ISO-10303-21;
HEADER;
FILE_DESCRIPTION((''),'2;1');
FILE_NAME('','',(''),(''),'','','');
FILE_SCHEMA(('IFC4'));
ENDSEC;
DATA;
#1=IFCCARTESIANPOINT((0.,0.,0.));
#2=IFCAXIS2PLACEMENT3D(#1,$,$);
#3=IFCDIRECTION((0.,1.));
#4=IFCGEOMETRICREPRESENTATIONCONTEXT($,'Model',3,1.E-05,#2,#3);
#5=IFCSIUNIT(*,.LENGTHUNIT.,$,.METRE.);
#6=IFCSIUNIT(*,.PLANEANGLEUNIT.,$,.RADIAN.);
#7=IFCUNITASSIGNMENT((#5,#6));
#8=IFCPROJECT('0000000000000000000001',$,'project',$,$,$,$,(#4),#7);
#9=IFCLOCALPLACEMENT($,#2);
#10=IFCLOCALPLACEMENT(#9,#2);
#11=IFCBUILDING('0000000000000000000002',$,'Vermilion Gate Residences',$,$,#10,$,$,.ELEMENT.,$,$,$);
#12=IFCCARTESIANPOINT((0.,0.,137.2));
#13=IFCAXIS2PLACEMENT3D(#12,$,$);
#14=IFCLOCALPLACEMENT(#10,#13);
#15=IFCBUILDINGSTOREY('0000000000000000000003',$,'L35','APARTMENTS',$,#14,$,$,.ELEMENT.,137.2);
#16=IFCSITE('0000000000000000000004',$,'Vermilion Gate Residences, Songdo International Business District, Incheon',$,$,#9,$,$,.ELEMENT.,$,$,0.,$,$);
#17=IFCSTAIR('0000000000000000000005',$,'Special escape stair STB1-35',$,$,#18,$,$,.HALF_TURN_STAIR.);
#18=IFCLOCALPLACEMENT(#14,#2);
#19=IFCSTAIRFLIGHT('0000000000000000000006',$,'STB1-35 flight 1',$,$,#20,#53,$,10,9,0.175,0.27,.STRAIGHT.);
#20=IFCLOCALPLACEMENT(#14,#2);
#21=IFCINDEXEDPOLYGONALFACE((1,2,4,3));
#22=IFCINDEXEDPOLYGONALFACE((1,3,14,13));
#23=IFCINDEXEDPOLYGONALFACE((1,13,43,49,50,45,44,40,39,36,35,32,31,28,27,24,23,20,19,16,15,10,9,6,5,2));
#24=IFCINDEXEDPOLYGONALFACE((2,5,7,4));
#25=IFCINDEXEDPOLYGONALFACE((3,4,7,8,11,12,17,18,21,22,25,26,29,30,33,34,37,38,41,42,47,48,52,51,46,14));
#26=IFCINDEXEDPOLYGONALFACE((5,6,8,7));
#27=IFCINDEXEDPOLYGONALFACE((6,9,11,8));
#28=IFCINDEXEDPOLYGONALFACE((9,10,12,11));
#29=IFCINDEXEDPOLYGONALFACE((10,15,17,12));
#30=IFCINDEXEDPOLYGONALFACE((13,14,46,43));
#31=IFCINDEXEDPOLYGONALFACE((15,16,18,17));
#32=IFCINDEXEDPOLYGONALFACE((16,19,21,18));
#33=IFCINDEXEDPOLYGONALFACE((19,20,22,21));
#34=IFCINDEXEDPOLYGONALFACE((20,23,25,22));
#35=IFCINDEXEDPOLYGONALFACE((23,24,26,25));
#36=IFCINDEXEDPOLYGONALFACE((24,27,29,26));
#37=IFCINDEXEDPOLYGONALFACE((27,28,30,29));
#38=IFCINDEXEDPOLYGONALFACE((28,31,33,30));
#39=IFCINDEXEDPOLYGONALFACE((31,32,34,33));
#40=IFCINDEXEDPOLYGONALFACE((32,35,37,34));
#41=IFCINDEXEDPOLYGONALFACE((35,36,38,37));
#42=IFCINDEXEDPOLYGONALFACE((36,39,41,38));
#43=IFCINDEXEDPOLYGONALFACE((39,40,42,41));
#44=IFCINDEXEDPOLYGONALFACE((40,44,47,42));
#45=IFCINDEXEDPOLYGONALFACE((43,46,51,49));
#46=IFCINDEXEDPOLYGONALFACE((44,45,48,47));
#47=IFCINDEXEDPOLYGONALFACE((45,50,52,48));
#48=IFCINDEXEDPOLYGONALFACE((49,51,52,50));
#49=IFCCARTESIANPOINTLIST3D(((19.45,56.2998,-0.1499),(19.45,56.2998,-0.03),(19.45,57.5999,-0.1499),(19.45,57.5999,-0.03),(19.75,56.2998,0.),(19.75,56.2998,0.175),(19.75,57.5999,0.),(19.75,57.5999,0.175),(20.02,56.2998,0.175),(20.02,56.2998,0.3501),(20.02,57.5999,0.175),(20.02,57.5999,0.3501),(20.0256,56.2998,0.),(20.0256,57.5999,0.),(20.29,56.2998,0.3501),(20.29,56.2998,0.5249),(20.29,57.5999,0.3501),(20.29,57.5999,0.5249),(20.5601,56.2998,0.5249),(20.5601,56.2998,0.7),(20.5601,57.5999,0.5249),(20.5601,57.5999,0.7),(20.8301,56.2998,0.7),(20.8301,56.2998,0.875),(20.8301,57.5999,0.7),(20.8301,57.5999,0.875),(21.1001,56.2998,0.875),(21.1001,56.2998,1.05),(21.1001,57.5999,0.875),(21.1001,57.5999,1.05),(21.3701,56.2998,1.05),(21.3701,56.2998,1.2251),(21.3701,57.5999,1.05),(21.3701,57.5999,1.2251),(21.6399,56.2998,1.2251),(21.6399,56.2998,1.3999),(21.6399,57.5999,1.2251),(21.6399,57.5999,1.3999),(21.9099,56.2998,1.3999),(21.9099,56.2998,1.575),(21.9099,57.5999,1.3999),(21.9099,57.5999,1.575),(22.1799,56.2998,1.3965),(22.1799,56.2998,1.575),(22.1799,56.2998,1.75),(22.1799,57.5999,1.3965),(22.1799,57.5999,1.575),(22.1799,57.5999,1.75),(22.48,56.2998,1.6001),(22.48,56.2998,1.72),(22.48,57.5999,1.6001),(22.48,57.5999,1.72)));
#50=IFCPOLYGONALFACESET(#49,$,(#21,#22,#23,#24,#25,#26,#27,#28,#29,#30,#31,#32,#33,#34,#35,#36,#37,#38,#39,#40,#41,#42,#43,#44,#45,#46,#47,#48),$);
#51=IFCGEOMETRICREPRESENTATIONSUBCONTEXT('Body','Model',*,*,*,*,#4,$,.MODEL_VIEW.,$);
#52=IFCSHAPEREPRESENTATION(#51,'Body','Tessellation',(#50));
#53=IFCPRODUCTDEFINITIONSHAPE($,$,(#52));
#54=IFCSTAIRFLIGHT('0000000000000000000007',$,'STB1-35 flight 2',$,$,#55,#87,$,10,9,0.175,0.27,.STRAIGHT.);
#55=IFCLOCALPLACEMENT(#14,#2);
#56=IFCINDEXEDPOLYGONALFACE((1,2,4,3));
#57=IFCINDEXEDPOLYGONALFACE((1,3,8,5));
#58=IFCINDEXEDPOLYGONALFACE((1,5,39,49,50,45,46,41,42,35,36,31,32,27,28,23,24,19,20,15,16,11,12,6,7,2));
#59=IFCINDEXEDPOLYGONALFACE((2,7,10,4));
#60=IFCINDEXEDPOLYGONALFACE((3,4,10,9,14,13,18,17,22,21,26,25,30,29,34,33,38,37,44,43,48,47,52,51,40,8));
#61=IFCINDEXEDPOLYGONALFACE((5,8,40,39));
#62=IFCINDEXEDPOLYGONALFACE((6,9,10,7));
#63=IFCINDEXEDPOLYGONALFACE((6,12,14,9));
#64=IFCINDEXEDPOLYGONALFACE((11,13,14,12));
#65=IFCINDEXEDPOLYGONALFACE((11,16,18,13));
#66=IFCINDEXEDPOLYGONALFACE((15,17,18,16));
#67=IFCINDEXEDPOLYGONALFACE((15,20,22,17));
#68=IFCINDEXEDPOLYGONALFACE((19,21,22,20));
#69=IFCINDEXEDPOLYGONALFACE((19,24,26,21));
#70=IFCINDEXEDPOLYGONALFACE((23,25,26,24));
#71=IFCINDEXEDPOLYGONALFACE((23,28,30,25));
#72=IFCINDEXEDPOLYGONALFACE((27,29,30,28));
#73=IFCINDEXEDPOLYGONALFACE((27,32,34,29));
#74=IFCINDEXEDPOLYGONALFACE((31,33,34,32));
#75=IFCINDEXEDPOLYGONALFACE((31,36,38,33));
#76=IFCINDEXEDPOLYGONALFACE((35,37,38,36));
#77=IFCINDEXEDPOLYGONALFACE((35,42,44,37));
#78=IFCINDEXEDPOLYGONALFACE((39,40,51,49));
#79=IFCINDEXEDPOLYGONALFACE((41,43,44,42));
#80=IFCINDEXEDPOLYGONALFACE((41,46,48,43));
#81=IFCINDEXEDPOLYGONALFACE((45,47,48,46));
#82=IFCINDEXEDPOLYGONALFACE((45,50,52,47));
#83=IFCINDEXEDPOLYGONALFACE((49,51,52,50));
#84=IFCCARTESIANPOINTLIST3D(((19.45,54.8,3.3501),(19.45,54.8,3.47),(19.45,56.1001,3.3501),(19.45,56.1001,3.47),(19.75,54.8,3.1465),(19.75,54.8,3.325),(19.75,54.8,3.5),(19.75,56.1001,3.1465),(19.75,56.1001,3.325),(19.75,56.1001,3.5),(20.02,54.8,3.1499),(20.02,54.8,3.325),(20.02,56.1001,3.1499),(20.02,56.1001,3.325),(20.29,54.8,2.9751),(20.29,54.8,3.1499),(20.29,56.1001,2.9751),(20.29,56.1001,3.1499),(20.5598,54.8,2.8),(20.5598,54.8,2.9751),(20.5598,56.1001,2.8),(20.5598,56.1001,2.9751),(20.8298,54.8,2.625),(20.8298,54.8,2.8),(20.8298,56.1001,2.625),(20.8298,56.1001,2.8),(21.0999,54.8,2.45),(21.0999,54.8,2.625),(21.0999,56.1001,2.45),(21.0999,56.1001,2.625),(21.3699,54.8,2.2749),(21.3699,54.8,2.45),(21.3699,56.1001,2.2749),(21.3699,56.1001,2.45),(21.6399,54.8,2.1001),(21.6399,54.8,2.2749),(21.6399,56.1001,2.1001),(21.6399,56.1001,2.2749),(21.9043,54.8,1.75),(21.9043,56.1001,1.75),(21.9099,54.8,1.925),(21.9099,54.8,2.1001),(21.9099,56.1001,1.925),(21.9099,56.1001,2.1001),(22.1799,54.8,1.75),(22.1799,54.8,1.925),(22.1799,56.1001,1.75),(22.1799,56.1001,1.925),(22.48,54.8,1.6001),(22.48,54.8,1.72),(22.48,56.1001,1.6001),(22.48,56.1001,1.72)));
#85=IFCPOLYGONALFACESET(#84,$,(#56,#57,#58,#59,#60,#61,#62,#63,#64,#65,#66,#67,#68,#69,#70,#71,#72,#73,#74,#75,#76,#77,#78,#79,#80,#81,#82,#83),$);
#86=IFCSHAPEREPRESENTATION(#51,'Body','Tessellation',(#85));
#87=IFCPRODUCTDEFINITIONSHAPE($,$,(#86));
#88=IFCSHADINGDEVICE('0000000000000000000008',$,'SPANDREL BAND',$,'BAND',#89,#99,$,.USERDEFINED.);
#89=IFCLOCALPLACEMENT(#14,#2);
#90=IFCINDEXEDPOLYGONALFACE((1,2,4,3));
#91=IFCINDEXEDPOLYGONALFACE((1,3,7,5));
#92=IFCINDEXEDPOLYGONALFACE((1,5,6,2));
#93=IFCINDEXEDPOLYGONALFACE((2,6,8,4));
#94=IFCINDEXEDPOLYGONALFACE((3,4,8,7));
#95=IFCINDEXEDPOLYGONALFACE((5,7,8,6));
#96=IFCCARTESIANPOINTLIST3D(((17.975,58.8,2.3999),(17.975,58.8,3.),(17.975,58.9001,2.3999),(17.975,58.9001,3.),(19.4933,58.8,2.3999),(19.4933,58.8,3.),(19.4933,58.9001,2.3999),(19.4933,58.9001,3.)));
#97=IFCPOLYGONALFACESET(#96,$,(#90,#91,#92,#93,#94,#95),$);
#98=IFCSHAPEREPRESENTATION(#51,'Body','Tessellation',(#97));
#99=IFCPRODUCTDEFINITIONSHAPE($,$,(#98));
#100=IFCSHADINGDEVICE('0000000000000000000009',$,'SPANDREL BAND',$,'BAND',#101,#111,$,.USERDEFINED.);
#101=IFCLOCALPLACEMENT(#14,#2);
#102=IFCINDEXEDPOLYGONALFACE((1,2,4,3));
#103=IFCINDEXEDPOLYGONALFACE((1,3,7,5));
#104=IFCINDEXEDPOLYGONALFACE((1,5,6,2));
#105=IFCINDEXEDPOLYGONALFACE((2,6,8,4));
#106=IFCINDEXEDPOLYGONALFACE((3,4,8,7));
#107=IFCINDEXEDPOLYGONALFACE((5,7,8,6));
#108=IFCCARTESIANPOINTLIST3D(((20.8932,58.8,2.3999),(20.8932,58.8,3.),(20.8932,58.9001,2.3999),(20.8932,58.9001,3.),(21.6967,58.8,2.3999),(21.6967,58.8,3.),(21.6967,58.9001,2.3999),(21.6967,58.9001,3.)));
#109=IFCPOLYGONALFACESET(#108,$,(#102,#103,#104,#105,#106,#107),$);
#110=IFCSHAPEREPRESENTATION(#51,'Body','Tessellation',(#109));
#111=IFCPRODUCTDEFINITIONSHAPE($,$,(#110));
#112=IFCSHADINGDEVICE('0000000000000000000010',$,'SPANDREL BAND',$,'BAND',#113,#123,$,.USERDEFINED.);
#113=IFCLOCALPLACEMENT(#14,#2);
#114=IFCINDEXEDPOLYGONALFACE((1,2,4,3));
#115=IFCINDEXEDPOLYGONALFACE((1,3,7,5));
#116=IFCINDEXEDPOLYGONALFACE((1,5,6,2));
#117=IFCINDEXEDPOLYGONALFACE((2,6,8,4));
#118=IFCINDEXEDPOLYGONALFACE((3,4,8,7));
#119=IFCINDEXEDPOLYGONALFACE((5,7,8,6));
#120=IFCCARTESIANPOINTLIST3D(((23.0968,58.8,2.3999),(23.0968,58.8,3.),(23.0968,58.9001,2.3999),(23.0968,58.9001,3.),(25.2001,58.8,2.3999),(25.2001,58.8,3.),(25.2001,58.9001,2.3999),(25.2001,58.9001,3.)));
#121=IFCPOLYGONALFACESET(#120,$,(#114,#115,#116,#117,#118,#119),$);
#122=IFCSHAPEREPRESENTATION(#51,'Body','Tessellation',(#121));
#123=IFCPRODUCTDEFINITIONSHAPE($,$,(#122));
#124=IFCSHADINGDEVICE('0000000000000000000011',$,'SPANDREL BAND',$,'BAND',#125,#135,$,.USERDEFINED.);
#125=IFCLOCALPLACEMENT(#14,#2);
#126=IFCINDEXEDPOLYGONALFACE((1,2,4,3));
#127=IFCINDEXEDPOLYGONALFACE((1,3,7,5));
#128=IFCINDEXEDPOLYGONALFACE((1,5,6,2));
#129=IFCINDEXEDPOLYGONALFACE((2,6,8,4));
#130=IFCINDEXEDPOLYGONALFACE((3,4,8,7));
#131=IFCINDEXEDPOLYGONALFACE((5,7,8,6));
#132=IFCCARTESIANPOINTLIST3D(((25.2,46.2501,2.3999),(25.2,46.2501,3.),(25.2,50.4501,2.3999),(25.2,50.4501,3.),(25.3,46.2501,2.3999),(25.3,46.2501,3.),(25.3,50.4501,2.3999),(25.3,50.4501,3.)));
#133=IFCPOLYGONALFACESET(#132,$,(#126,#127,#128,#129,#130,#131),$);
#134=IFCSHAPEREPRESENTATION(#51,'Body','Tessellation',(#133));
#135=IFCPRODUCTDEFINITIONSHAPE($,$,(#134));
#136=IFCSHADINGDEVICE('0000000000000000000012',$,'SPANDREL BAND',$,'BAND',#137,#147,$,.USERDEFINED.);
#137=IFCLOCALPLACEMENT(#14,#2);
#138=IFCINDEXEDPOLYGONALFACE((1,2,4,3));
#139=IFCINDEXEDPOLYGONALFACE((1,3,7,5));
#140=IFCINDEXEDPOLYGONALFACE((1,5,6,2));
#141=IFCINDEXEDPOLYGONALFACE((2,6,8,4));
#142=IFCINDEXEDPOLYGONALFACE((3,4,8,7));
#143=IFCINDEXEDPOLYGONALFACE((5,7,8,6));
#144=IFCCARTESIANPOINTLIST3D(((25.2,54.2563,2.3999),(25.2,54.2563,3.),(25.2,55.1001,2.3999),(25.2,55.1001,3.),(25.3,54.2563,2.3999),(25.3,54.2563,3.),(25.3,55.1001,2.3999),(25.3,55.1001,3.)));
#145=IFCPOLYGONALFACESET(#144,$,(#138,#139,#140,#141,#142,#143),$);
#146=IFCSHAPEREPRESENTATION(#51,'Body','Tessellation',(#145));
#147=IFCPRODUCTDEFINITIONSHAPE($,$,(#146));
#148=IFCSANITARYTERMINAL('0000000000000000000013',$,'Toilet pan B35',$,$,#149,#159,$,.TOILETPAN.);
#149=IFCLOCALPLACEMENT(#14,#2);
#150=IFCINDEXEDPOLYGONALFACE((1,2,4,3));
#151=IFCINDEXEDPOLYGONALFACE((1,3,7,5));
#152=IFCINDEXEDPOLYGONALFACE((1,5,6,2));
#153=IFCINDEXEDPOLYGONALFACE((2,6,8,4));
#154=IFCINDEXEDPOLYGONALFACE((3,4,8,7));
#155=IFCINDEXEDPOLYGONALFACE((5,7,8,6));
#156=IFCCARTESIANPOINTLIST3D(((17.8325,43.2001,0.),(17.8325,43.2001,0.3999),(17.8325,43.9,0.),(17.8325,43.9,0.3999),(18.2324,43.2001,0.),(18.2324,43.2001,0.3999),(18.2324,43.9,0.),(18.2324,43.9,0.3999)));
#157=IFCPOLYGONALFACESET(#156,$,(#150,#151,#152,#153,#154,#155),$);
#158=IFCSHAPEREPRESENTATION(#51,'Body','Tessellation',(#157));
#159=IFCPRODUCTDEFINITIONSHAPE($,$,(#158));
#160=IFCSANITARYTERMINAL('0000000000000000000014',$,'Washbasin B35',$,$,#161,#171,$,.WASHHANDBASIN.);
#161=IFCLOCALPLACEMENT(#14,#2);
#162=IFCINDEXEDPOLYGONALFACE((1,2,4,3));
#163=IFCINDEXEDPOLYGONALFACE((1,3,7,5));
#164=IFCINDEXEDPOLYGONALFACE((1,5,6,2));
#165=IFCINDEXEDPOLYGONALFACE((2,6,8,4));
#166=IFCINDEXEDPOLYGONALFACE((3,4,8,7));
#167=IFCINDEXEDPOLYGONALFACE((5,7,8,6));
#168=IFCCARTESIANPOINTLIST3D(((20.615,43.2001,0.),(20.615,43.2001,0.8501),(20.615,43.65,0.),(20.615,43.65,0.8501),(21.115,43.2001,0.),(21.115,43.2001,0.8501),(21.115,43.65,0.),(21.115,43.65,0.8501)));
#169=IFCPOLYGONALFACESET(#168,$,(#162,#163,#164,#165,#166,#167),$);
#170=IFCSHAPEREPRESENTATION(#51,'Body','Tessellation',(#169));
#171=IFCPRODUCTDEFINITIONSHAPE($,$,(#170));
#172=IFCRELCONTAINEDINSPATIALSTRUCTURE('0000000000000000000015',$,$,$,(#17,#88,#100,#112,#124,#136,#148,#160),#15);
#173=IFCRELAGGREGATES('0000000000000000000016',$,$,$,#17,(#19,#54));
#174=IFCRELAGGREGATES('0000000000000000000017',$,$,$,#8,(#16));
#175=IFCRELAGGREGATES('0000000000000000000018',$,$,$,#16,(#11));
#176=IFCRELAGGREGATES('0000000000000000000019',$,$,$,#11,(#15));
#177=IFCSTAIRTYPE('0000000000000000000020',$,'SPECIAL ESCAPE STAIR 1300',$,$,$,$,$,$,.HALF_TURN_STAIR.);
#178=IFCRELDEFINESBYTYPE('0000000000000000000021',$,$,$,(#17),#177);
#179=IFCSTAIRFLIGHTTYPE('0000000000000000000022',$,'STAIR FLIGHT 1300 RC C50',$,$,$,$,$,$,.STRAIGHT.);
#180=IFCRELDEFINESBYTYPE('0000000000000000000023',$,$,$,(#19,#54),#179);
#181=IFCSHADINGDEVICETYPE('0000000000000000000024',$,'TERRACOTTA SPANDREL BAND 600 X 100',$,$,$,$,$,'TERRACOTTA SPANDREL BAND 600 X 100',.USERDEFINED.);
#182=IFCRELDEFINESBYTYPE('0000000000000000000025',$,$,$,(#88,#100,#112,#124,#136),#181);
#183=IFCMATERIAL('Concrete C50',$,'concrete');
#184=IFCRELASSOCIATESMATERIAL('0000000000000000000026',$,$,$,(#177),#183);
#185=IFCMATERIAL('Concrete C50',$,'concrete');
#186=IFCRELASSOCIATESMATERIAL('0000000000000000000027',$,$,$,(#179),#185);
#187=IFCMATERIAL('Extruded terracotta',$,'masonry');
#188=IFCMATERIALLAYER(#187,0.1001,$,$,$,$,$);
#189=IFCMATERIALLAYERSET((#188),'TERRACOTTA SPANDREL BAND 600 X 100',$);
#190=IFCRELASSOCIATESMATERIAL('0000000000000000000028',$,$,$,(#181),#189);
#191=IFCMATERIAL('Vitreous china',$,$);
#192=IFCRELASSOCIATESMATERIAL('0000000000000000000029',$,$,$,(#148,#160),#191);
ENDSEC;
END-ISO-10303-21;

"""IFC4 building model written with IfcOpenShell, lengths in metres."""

from ifc_helpers import new_model, si_unit, direction, frame, origin, origin_2d, place, context, subcontext, project, spatial, polyline, rectangle, outline, extrude, material, layer, layer_set, type_object, element, aggregate, save


model = new_model("IFC4")

# Units and contexts
model_context = context("Model", 3, precision=1e-05, world=origin(), true_north=direction((0.0, 1.0)))
body_context = subcontext(model_context, "Body", "Model", "MODEL_VIEW")
ifc_project = project(units=[si_unit("LENGTHUNIT", "METRE"), si_unit("PLANEANGLEUNIT", "RADIAN")], contexts=[model_context])

# Site, building, storey
site_placement = place(None, origin())
site = spatial("IfcSite", under=ifc_project, at=site_placement, Name="Vermilion Gate Residences, Songdo International Business District, Incheon", CompositionType="ELEMENT", RefElevation=0.0)
building_placement = place(site_placement, origin())
building = spatial("IfcBuilding", under=site, at=building_placement, Name="Vermilion Gate Residences", CompositionType="ELEMENT")
storey_placement = place(building_placement, frame((0.0, 0.0, 137.2)))
storey = spatial("IfcBuildingStorey", under=building, at=storey_placement, Name="L35", Description="APARTMENTS", CompositionType="ELEMENT", Elevation=137.2)

# Stair, stair flights
ifc_material_1 = material(Name="Concrete C50", Category="concrete")
stair_type = type_object("IfcStairType", Name="SPECIAL ESCAPE STAIR 1300", PredefinedType="HALF_TURN_STAIR", material=ifc_material_1)
stair_placement = place(storey_placement, origin())
stair = element("IfcStair", 1, at=stair_placement, inside=storey, type_object=stair_type, Name="Special escape stair STB1-35", PredefinedType="HALF_TURN_STAIR")
ifc_material_2 = material(Name="Concrete C50", Category="concrete")
stair_flight_type = type_object("IfcStairFlightType", Name="STAIR FLIGHT 1300 RC C50", PredefinedType="STRAIGHT", material=ifc_material_2)
stair_flight_1_placement = place(storey_placement, frame((19.75, 56.95, 0.0), z_axis=(0.0, 0.0, 1.0), x_axis=(1.0, 0.0, 0.0)))
stair_flight_1 = element("IfcStairFlight", 2, at=stair_flight_1_placement, type_object=stair_flight_type, Name="STB1-35 flight 1", NumberOfRisers=10, NumberOfTreads=9, PredefinedType="STRAIGHT", RiserHeight=0.175, TreadLength=0.27, context=body_context, shape_type="SweptSolid", body=[
    extrude(outline(polyline([(-0.3, -0.1499), (-0.3, -0.03), (0.0, 0.0), (0.0, 0.175), (0.27, 0.175), (0.27, 0.3501), (0.54, 0.3501), (0.54, 0.5249), (0.8101, 0.5249), (0.8101, 0.7), (1.0801, 0.7), (1.0801, 0.875), (1.3501, 0.875), (1.3501, 1.05), (1.6201, 1.05), (1.6201, 1.2251), (1.8899, 1.2251), (1.8899, 1.3999), (2.1599, 1.3999), (2.1599, 1.575), (2.4299, 1.575), (2.4299, 1.75), (2.73, 1.72), (2.73, 1.6001), (2.4299, 1.3965), (0.2756, 0.0), (-0.3, -0.1499)])), frame((0.0, 0.6499, 0.0), z_axis=(0.0, -1.0, 0.0), x_axis=(1.0, 0.0, 0.0)), (0.0, 0.0, 1.0), 1.3),
])
stair_flight_2_placement = place(storey_placement, frame((22.1799, 55.45, 1.75), z_axis=(0.0, 0.0, 1.0), x_axis=(-1.0, 0.0, 0.0)))
stair_flight_2 = element("IfcStairFlight", 3, at=stair_flight_2_placement, type_object=stair_flight_type, Name="STB1-35 flight 2", NumberOfRisers=10, NumberOfTreads=9, PredefinedType="STRAIGHT", RiserHeight=0.175, TreadLength=0.27, context=body_context, shape_type="SweptSolid", body=[
    extrude(outline(polyline([(-0.3, -0.1499), (-0.3, -0.03), (0.0, 0.0), (0.0, 0.175), (0.27, 0.175), (0.27, 0.3501), (0.54, 0.3501), (0.54, 0.5249), (0.8101, 0.5249), (0.8101, 0.7), (1.0801, 0.7), (1.0801, 0.875), (1.3501, 0.875), (1.3501, 1.05), (1.6201, 1.05), (1.6201, 1.2251), (1.8899, 1.2251), (1.8899, 1.3999), (2.1599, 1.3999), (2.1599, 1.575), (2.4299, 1.575), (2.4299, 1.75), (2.73, 1.72), (2.73, 1.6001), (2.4299, 1.3965), (0.2756, 0.0), (-0.3, -0.1499)])), frame((0.0, 0.6499, 0.0), z_axis=(0.0, -1.0, 0.0), x_axis=(1.0, 0.0, 0.0)), (0.0, 0.0, 1.0), 1.3),
])
aggregate(stair, [stair_flight_1, stair_flight_2])

# Shading devices
ifc_material_3 = material(Name="Extruded terracotta", Category="masonry")
ifc_layer_1 = layer(ifc_material_3, 0.1001)
ifc_layer_set_1 = layer_set([ifc_layer_1], Name="TERRACOTTA SPANDREL BAND 600 X 100")
shading_device_type = type_object("IfcShadingDeviceType", Name="TERRACOTTA SPANDREL BAND 600 X 100", ElementType="TERRACOTTA SPANDREL BAND 600 X 100", PredefinedType="USERDEFINED", material=ifc_layer_set_1)
shading_device_1_placement = place(storey_placement, frame((18.7341, 58.8501, 2.3999), z_axis=(0.0, 0.0, 1.0), x_axis=(1.0, 0.0, 0.0)))
element("IfcShadingDevice", 4, at=shading_device_1_placement, inside=storey, type_object=shading_device_type, Name="SPANDREL BAND", ObjectType="BAND", PredefinedType="USERDEFINED", context=body_context, shape_type="SweptSolid", body=[
    extrude(rectangle(XDim=1.5183, YDim=0.1001, at=origin_2d()), origin(), (0.0, 0.0, 1.0), 0.6001),
])
shading_device_2_placement = place(storey_placement, frame((21.2949, 58.8501, 2.3999), z_axis=(0.0, 0.0, 1.0), x_axis=(1.0, 0.0, 0.0)))
element("IfcShadingDevice", 5, at=shading_device_2_placement, inside=storey, type_object=shading_device_type, Name="SPANDREL BAND", ObjectType="BAND", PredefinedType="USERDEFINED", context=body_context, shape_type="SweptSolid", body=[
    extrude(rectangle(XDim=0.8035, YDim=0.1001, at=origin_2d()), origin(), (0.0, 0.0, 1.0), 0.6001),
])
shading_device_3_placement = place(storey_placement, frame((24.1484, 58.8501, 2.3999), z_axis=(0.0, 0.0, 1.0), x_axis=(1.0, 0.0, 0.0)))
element("IfcShadingDevice", 6, at=shading_device_3_placement, inside=storey, type_object=shading_device_type, Name="SPANDREL BAND", ObjectType="BAND", PredefinedType="USERDEFINED", context=body_context, shape_type="SweptSolid", body=[
    extrude(rectangle(XDim=2.1033, YDim=0.1001, at=origin_2d()), origin(), (0.0, 0.0, 1.0), 0.6001),
])
shading_device_4_placement = place(storey_placement, frame((25.25, 48.3501, 2.3999), z_axis=(0.0, 0.0, 1.0), x_axis=(0.0, 1.0, 0.0)))
element("IfcShadingDevice", 7, at=shading_device_4_placement, inside=storey, type_object=shading_device_type, Name="SPANDREL BAND", ObjectType="BAND", PredefinedType="USERDEFINED", context=body_context, shape_type="SweptSolid", body=[
    extrude(rectangle(XDim=4.2, YDim=0.1001, at=origin_2d()), origin(), (0.0, 0.0, 1.0), 0.6001),
])
shading_device_5_placement = place(storey_placement, frame((25.25, 54.6782, 2.3999), z_axis=(0.0, 0.0, 1.0), x_axis=(0.0, 1.0, 0.0)))
element("IfcShadingDevice", 8, at=shading_device_5_placement, inside=storey, type_object=shading_device_type, Name="SPANDREL BAND", ObjectType="BAND", PredefinedType="USERDEFINED", context=body_context, shape_type="SweptSolid", body=[
    extrude(rectangle(XDim=0.8438, YDim=0.1001, at=origin_2d()), origin(), (0.0, 0.0, 1.0), 0.6001),
])

# Sanitary terminals
ifc_material_4 = material(Name="Vitreous china")
sanitary_terminal_1_placement = place(storey_placement, frame((18.0325, 43.55, 0.0), z_axis=(0.0, 0.0, 1.0), x_axis=(1.0, 0.0, 0.0)))
element("IfcSanitaryTerminal", 9, at=sanitary_terminal_1_placement, inside=storey, material=ifc_material_4, Name="Toilet pan B35", PredefinedType="TOILETPAN", context=body_context, shape_type="SweptSolid", body=[
    extrude(rectangle(XDim=0.3999, YDim=0.7, at=origin_2d()), origin(), (0.0, 0.0, 1.0), 0.3999),
])
sanitary_terminal_2_placement = place(storey_placement, frame((20.865, 43.425, 0.0), z_axis=(0.0, 0.0, 1.0), x_axis=(1.0, 0.0, 0.0)))
element("IfcSanitaryTerminal", 10, at=sanitary_terminal_2_placement, inside=storey, material=ifc_material_4, Name="Washbasin B35", PredefinedType="WASHHANDBASIN", context=body_context, shape_type="SweptSolid", body=[
    extrude(rectangle(XDim=0.5, YDim=0.45, at=origin_2d()), origin(), (0.0, 0.0, 1.0), 0.8501),
])

save(model, "model.ifc")
